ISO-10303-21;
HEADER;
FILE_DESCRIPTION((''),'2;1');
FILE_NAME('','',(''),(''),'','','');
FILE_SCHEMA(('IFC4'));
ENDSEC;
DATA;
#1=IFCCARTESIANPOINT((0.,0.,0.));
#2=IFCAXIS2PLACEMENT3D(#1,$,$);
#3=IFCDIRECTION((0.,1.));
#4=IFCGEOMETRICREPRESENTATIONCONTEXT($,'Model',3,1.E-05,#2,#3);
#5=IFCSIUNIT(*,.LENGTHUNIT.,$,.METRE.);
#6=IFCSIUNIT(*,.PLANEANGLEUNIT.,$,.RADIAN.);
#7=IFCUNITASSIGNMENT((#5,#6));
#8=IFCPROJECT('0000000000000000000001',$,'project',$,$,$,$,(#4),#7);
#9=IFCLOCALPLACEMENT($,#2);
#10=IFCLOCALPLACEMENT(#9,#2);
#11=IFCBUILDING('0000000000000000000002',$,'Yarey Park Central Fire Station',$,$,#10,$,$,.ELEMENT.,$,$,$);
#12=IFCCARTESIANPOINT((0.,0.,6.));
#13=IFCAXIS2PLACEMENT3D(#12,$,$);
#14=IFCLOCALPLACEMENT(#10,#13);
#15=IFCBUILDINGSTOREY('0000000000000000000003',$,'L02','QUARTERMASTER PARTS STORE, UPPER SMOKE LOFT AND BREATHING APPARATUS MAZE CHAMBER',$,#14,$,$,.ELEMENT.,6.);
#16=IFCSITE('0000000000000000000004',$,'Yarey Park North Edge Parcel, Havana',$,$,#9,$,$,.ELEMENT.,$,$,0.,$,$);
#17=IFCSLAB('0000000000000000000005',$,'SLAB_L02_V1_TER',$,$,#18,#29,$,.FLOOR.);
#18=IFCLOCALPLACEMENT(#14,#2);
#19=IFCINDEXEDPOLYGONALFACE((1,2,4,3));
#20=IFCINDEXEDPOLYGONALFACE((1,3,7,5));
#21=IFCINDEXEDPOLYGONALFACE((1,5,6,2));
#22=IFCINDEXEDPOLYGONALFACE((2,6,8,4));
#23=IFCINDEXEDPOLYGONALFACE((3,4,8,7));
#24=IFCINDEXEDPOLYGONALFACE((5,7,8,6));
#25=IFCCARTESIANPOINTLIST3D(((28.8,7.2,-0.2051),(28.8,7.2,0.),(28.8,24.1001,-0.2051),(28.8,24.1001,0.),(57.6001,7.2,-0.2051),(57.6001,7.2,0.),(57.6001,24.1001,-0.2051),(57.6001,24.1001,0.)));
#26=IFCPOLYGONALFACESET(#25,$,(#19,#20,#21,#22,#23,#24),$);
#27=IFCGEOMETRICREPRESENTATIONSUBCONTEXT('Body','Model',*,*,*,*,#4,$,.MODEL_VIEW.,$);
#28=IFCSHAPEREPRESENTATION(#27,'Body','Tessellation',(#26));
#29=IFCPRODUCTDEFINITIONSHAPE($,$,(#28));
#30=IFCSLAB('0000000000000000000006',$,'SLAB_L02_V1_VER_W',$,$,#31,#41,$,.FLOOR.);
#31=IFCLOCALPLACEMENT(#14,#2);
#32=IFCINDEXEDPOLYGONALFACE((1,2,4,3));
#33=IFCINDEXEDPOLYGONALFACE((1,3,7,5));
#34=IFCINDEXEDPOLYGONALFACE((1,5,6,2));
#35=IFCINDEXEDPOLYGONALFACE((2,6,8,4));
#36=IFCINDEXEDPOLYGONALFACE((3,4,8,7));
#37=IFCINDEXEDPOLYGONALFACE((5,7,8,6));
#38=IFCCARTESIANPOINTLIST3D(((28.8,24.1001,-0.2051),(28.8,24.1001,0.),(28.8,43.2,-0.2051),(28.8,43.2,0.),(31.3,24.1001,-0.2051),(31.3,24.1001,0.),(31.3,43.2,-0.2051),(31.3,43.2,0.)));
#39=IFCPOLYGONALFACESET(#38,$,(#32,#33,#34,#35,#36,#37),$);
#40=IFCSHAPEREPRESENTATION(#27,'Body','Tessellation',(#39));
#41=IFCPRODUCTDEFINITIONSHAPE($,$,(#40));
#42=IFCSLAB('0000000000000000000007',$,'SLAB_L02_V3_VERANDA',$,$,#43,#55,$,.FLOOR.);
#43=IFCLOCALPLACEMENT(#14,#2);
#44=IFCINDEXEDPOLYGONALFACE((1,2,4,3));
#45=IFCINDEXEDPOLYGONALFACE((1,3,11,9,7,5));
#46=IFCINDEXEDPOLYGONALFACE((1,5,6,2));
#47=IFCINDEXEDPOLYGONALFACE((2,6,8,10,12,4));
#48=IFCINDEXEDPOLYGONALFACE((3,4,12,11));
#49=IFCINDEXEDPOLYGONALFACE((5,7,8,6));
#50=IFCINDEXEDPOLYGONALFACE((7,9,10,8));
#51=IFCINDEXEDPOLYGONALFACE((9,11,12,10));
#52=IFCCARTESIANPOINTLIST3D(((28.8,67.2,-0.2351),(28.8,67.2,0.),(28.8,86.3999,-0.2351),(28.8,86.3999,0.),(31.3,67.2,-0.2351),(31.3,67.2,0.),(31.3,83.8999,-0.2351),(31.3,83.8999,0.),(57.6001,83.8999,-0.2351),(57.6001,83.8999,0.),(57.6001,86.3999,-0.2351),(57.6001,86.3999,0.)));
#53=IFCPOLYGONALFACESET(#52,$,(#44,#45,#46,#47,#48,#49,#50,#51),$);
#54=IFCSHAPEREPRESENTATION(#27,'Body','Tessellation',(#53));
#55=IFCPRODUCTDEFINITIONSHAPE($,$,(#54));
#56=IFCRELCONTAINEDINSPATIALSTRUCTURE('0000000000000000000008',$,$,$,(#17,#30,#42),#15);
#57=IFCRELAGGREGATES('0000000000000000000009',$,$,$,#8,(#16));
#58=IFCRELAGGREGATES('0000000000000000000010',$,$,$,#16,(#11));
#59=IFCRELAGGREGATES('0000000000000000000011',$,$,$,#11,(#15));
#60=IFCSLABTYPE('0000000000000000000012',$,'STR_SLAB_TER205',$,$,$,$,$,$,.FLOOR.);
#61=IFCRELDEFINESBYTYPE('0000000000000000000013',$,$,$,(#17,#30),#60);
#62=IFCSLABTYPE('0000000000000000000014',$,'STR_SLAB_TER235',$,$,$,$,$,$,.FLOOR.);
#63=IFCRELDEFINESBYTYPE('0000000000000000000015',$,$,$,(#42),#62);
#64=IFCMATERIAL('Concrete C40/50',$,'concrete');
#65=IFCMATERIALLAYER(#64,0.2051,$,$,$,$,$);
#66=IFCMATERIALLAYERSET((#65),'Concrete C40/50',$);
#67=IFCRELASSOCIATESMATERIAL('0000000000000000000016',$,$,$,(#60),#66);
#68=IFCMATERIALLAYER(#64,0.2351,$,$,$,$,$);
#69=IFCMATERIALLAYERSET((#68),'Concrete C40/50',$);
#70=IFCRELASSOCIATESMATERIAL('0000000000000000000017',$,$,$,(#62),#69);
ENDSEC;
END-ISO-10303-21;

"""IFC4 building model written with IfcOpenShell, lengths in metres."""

from ifc_helpers import new_model, si_unit, direction, frame, origin, place, context, subcontext, project, spatial, polyline, outline, extrude, material, layer, layer_set, type_object, element, save


model = new_model("IFC4")

# Units and contexts
model_context = context("Model", 3, precision=1e-05, world=origin(), true_north=direction((0.0, 1.0)))
body_context = subcontext(model_context, "Body", "Model", "MODEL_VIEW")
ifc_project = project(units=[si_unit("LENGTHUNIT", "METRE"), si_unit("PLANEANGLEUNIT", "RADIAN")], contexts=[model_context])

# Site, building, storey
site_placement = place(None, origin())
site = spatial("IfcSite", under=ifc_project, at=site_placement, Name="Yarey Park North Edge Parcel, Havana", CompositionType="ELEMENT", RefElevation=0.0)
building_placement = place(site_placement, origin())
building = spatial("IfcBuilding", under=site, at=building_placement, Name="Yarey Park Central Fire Station", CompositionType="ELEMENT")
storey_placement = place(building_placement, frame((0.0, 0.0, 6.0)))
storey = spatial("IfcBuildingStorey", under=building, at=storey_placement, Name="L02", Description="QUARTERMASTER PARTS STORE, UPPER SMOKE LOFT AND BREATHING APPARATUS MAZE CHAMBER", CompositionType="ELEMENT", Elevation=6.0)

# Shared definitions
ifc_material_1 = material(Name="Concrete C40/50", Category="concrete")

# Slabs
ifc_layer_1 = layer(ifc_material_1, 0.2051)
ifc_layer_set_1 = layer_set([ifc_layer_1], Name="Concrete C40/50")
slab_type_1 = type_object("IfcSlabType", Name="STR_SLAB_TER205", PredefinedType="FLOOR", material=ifc_layer_set_1)
slab_1_placement = place(storey_placement, frame((0.0, 0.0, -0.2051)))
element("IfcSlab", 1, at=slab_1_placement, inside=storey, type_object=slab_type_1, Name="SLAB_L02_V1_TER", PredefinedType="FLOOR", context=body_context, shape_type="SweptSolid", body=[
    extrude(outline(polyline([(28.8, 7.2), (57.6001, 7.2), (57.6001, 24.1001), (28.8, 24.1001), (28.8, 7.2)])), origin(), (0.0, 0.0, 1.0), 0.2051),
])
slab_2_placement = place(storey_placement, frame((0.0, 0.0, -0.2051)))
element("IfcSlab", 2, at=slab_2_placement, inside=storey, type_object=slab_type_1, Name="SLAB_L02_V1_VER_W", PredefinedType="FLOOR", context=body_context, shape_type="SweptSolid", body=[
    extrude(outline(polyline([(28.8, 24.1001), (31.3, 24.1001), (31.3, 43.2), (28.8, 43.2), (28.8, 24.1001)])), origin(), (0.0, 0.0, 1.0), 0.2051),
])
ifc_layer_2 = layer(ifc_material_1, 0.2351)
ifc_layer_set_2 = layer_set([ifc_layer_2], Name="Concrete C40/50")
slab_type_2 = type_object("IfcSlabType", Name="STR_SLAB_TER235", PredefinedType="FLOOR", material=ifc_layer_set_2)
slab_3_placement = place(storey_placement, frame((0.0, 0.0, -0.2351)))
element("IfcSlab", 3, at=slab_3_placement, inside=storey, type_object=slab_type_2, Name="SLAB_L02_V3_VERANDA", PredefinedType="FLOOR", context=body_context, shape_type="SweptSolid", body=[
    extrude(outline(polyline([(28.8, 67.2), (31.3, 67.2), (31.3, 83.8999), (57.6001, 83.8999), (57.6001, 86.3999), (28.8, 86.3999), (28.8, 67.2)])), origin(), (0.0, 0.0, 1.0), 0.2351),
])

save(model, "model.ifc")
